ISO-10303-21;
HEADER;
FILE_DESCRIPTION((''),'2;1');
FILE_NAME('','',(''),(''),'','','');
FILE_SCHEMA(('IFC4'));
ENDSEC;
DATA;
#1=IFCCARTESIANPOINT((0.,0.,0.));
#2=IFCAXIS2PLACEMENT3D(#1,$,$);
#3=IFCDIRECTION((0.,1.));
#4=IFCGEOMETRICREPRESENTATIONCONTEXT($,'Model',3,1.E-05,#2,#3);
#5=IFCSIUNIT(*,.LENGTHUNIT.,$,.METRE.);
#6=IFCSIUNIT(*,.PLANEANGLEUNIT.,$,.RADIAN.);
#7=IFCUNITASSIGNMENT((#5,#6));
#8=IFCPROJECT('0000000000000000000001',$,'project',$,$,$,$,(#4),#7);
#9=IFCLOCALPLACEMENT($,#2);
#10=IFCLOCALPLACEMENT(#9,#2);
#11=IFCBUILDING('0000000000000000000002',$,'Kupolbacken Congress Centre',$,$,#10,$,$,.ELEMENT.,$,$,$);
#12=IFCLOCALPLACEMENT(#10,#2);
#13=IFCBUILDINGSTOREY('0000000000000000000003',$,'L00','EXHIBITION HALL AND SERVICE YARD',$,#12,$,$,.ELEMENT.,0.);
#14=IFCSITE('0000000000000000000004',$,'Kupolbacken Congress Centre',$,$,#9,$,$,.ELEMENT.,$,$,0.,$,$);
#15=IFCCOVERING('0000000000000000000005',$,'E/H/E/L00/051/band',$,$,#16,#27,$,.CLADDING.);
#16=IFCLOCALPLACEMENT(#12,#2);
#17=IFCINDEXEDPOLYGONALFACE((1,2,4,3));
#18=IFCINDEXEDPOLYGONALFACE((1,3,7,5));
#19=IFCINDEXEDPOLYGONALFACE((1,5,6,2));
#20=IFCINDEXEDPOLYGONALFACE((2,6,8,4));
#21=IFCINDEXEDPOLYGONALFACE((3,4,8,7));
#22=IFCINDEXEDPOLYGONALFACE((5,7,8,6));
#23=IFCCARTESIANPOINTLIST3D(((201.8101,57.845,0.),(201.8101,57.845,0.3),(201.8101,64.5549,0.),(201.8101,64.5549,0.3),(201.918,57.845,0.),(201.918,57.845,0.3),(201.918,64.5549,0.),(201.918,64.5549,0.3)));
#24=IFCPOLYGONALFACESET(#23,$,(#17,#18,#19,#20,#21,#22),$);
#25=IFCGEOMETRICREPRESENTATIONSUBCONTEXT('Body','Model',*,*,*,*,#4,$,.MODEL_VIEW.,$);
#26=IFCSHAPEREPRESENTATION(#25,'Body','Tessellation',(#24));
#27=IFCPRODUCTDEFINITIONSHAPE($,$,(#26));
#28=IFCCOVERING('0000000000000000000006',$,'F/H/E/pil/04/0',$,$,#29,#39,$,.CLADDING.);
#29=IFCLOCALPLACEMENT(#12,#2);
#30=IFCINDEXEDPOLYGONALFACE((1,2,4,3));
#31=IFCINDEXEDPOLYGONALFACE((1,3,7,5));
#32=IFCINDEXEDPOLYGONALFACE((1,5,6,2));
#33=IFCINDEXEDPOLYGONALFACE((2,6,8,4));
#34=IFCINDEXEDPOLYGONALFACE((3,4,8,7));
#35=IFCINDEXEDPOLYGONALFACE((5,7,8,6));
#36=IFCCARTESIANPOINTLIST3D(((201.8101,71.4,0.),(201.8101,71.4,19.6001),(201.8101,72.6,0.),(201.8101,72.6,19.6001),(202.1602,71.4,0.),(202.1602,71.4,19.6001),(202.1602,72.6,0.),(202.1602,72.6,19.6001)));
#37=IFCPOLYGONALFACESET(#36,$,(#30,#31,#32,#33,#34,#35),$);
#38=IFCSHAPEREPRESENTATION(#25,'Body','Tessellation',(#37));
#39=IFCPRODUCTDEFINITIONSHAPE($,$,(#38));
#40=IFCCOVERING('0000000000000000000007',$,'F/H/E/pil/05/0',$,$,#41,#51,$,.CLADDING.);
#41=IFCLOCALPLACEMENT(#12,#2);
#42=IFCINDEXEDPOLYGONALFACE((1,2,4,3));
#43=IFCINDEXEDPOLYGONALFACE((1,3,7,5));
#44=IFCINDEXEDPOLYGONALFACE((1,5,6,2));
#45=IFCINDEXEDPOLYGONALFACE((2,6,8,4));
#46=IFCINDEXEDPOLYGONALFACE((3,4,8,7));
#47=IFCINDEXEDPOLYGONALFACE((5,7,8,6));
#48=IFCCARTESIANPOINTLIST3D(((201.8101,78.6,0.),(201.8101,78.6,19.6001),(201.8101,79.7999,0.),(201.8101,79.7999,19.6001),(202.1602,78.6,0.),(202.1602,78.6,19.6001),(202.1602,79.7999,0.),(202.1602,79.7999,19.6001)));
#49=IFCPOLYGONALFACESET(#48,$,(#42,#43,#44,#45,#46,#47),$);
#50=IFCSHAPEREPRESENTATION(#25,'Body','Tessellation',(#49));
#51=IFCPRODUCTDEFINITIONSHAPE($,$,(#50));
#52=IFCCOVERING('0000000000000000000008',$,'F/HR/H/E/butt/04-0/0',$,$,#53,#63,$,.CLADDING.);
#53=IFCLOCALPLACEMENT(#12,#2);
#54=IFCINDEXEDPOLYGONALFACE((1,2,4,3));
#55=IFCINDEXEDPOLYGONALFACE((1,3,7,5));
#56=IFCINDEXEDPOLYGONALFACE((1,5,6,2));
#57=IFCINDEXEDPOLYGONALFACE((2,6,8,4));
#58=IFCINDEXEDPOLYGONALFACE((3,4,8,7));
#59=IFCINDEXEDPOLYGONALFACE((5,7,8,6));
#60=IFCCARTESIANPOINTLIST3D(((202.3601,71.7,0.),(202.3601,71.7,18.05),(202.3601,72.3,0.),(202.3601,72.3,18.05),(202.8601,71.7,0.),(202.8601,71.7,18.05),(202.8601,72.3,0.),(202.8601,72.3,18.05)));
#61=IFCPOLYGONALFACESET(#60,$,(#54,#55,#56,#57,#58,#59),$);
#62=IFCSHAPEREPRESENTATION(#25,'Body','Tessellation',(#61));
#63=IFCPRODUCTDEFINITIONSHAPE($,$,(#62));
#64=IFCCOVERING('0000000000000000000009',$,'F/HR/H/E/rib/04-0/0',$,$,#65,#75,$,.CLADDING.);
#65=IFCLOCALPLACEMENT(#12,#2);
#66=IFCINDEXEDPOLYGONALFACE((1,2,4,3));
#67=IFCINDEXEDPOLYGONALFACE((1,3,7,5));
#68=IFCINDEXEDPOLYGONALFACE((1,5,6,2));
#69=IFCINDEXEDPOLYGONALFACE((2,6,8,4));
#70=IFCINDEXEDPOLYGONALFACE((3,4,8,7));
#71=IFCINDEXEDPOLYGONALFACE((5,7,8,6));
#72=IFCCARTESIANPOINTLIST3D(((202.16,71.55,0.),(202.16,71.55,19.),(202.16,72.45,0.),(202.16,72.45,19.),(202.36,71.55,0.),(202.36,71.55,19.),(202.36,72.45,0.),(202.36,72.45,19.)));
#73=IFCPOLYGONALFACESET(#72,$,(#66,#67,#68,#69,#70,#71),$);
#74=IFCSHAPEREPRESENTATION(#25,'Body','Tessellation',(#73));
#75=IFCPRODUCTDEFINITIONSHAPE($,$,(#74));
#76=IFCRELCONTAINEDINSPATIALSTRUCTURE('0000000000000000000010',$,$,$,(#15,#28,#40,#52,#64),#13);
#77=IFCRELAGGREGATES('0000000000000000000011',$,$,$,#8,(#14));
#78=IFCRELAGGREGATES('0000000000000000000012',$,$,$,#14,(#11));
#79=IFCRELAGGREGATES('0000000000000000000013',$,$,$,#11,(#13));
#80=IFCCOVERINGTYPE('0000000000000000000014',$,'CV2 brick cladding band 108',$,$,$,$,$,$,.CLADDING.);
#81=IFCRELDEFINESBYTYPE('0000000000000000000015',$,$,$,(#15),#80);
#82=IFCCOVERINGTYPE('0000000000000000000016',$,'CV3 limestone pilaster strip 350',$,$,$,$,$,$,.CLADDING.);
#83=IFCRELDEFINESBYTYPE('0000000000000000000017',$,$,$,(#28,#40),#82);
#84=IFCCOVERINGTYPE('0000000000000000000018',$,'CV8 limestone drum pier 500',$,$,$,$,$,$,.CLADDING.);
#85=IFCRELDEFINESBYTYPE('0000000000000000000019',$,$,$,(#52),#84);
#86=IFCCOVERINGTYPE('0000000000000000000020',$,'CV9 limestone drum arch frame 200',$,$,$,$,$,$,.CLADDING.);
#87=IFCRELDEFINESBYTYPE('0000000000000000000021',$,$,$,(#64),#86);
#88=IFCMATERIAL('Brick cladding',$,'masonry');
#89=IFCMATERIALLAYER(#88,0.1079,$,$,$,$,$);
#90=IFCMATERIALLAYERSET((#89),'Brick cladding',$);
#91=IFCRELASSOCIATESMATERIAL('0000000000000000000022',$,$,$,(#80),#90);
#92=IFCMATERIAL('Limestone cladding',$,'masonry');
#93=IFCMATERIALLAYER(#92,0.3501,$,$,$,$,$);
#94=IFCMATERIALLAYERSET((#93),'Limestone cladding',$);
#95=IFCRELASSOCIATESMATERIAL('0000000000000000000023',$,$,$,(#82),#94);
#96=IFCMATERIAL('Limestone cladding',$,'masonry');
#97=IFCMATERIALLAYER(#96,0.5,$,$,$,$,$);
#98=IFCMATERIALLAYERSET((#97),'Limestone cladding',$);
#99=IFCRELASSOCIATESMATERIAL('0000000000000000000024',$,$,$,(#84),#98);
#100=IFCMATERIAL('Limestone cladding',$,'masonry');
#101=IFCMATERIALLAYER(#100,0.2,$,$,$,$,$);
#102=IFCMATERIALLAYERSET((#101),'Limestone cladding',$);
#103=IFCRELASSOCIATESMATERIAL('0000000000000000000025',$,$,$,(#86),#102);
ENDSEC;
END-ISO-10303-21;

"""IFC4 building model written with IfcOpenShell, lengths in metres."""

from ifc_helpers import new_model, si_unit, direction, frame, origin, origin_2d, place, context, subcontext, project, spatial, rectangle, extrude, material, layer, layer_set, type_object, element, save


model = new_model("IFC4")

# Units and contexts
model_context = context("Model", 3, precision=1e-05, world=origin(), true_north=direction((0.0, 1.0)))
body_context = subcontext(model_context, "Body", "Model", "MODEL_VIEW")
ifc_project = project(units=[si_unit("LENGTHUNIT", "METRE"), si_unit("PLANEANGLEUNIT", "RADIAN")], contexts=[model_context])

# Site, building, storey
site_placement = place(None, origin())
site = spatial("IfcSite", under=ifc_project, at=site_placement, Name="Kupolbacken Congress Centre", CompositionType="ELEMENT", RefElevation=0.0)
building_placement = place(site_placement, origin())
building = spatial("IfcBuilding", under=site, at=building_placement, Name="Kupolbacken Congress Centre", CompositionType="ELEMENT")
storey_placement = place(building_placement, origin())
storey = spatial("IfcBuildingStorey", under=building, at=storey_placement, Name="L00", Description="EXHIBITION HALL AND SERVICE YARD", CompositionType="ELEMENT", Elevation=0.0)

# Coverings
ifc_material_1 = material(Name="Brick cladding", Category="masonry")
ifc_layer_1 = layer(ifc_material_1, 0.1079)
ifc_layer_set_1 = layer_set([ifc_layer_1], Name="Brick cladding")
covering_type_1 = type_object("IfcCoveringType", Name="CV2 brick cladding band 108", PredefinedType="CLADDING", material=ifc_layer_set_1)
covering_1_placement = place(storey_placement, frame((201.864, 61.2, 0.0), z_axis=(0.0, 0.0, 1.0), x_axis=(0.0, 1.0, 0.0)))
element("IfcCovering", 1, at=covering_1_placement, inside=storey, type_object=covering_type_1, Name="E/H/E/L00/051/band", PredefinedType="CLADDING", context=body_context, shape_type="SweptSolid", body=[
    extrude(rectangle(XDim=6.71, YDim=0.1079, at=origin_2d()), origin(), (0.0, 0.0, 1.0), 0.3),
])
ifc_material_2 = material(Name="Limestone cladding", Category="masonry")
ifc_layer_2 = layer(ifc_material_2, 0.3501)
ifc_layer_set_2 = layer_set([ifc_layer_2], Name="Limestone cladding")
covering_type_2 = type_object("IfcCoveringType", Name="CV3 limestone pilaster strip 350", PredefinedType="CLADDING", material=ifc_layer_set_2)
for number, where, z_axis, x_axis, name in (
    (2, (201.9851, 72.0, 0.0), (0.0, 0.0, 1.0), (0.0, 1.0, 0.0), "F/H/E/pil/04/0"),
    (3, (201.9851, 79.2, 0.0), (0.0, 0.0, 1.0), (0.0, 1.0, 0.0), "F/H/E/pil/05/0"),
):
    element("IfcCovering", number, at=place(storey_placement, frame(where, z_axis=z_axis, x_axis=x_axis)), inside=storey, type_object=covering_type_2, Name=name, PredefinedType="CLADDING", context=body_context, shape_type="SweptSolid", body=[
        extrude(rectangle(XDim=1.2, YDim=0.3501, at=origin_2d()), origin(), (0.0, 0.0, 1.0), 19.6001),
    ])
ifc_material_3 = material(Name="Limestone cladding", Category="masonry")
ifc_layer_3 = layer(ifc_material_3, 0.5)
ifc_layer_set_3 = layer_set([ifc_layer_3], Name="Limestone cladding")
covering_type_3 = type_object("IfcCoveringType", Name="CV8 limestone drum pier 500", PredefinedType="CLADDING", material=ifc_layer_set_3)
covering_2_placement = place(storey_placement, frame((202.6101, 72.0, 0.0), z_axis=(0.0, 0.0, 1.0), x_axis=(0.0, 1.0, 0.0)))
element("IfcCovering", 4, at=covering_2_placement, inside=storey, type_object=covering_type_3, Name="F/HR/H/E/butt/04-0/0", PredefinedType="CLADDING", context=body_context, shape_type="SweptSolid", body=[
    extrude(rectangle(XDim=0.6001, YDim=0.5, at=origin_2d()), origin(), (0.0, 0.0, 1.0), 18.05),
])
ifc_material_4 = material(Name="Limestone cladding", Category="masonry")
ifc_layer_4 = layer(ifc_material_4, 0.2)
ifc_layer_set_4 = layer_set([ifc_layer_4], Name="Limestone cladding")
covering_type_4 = type_object("IfcCoveringType", Name="CV9 limestone drum arch frame 200", PredefinedType="CLADDING", material=ifc_layer_set_4)
covering_3_placement = place(storey_placement, frame((202.26, 72.0, 0.0), z_axis=(0.0, 0.0, 1.0), x_axis=(0.0, 1.0, 0.0)))
element("IfcCovering", 5, at=covering_3_placement, inside=storey, type_object=covering_type_4, Name="F/HR/H/E/rib/04-0/0", PredefinedType="CLADDING", context=body_context, shape_type="SweptSolid", body=[
    extrude(rectangle(XDim=0.8999, YDim=0.2, at=origin_2d()), origin(), (0.0, 0.0, 1.0), 19.0),
])

save(model, "model.ifc")
